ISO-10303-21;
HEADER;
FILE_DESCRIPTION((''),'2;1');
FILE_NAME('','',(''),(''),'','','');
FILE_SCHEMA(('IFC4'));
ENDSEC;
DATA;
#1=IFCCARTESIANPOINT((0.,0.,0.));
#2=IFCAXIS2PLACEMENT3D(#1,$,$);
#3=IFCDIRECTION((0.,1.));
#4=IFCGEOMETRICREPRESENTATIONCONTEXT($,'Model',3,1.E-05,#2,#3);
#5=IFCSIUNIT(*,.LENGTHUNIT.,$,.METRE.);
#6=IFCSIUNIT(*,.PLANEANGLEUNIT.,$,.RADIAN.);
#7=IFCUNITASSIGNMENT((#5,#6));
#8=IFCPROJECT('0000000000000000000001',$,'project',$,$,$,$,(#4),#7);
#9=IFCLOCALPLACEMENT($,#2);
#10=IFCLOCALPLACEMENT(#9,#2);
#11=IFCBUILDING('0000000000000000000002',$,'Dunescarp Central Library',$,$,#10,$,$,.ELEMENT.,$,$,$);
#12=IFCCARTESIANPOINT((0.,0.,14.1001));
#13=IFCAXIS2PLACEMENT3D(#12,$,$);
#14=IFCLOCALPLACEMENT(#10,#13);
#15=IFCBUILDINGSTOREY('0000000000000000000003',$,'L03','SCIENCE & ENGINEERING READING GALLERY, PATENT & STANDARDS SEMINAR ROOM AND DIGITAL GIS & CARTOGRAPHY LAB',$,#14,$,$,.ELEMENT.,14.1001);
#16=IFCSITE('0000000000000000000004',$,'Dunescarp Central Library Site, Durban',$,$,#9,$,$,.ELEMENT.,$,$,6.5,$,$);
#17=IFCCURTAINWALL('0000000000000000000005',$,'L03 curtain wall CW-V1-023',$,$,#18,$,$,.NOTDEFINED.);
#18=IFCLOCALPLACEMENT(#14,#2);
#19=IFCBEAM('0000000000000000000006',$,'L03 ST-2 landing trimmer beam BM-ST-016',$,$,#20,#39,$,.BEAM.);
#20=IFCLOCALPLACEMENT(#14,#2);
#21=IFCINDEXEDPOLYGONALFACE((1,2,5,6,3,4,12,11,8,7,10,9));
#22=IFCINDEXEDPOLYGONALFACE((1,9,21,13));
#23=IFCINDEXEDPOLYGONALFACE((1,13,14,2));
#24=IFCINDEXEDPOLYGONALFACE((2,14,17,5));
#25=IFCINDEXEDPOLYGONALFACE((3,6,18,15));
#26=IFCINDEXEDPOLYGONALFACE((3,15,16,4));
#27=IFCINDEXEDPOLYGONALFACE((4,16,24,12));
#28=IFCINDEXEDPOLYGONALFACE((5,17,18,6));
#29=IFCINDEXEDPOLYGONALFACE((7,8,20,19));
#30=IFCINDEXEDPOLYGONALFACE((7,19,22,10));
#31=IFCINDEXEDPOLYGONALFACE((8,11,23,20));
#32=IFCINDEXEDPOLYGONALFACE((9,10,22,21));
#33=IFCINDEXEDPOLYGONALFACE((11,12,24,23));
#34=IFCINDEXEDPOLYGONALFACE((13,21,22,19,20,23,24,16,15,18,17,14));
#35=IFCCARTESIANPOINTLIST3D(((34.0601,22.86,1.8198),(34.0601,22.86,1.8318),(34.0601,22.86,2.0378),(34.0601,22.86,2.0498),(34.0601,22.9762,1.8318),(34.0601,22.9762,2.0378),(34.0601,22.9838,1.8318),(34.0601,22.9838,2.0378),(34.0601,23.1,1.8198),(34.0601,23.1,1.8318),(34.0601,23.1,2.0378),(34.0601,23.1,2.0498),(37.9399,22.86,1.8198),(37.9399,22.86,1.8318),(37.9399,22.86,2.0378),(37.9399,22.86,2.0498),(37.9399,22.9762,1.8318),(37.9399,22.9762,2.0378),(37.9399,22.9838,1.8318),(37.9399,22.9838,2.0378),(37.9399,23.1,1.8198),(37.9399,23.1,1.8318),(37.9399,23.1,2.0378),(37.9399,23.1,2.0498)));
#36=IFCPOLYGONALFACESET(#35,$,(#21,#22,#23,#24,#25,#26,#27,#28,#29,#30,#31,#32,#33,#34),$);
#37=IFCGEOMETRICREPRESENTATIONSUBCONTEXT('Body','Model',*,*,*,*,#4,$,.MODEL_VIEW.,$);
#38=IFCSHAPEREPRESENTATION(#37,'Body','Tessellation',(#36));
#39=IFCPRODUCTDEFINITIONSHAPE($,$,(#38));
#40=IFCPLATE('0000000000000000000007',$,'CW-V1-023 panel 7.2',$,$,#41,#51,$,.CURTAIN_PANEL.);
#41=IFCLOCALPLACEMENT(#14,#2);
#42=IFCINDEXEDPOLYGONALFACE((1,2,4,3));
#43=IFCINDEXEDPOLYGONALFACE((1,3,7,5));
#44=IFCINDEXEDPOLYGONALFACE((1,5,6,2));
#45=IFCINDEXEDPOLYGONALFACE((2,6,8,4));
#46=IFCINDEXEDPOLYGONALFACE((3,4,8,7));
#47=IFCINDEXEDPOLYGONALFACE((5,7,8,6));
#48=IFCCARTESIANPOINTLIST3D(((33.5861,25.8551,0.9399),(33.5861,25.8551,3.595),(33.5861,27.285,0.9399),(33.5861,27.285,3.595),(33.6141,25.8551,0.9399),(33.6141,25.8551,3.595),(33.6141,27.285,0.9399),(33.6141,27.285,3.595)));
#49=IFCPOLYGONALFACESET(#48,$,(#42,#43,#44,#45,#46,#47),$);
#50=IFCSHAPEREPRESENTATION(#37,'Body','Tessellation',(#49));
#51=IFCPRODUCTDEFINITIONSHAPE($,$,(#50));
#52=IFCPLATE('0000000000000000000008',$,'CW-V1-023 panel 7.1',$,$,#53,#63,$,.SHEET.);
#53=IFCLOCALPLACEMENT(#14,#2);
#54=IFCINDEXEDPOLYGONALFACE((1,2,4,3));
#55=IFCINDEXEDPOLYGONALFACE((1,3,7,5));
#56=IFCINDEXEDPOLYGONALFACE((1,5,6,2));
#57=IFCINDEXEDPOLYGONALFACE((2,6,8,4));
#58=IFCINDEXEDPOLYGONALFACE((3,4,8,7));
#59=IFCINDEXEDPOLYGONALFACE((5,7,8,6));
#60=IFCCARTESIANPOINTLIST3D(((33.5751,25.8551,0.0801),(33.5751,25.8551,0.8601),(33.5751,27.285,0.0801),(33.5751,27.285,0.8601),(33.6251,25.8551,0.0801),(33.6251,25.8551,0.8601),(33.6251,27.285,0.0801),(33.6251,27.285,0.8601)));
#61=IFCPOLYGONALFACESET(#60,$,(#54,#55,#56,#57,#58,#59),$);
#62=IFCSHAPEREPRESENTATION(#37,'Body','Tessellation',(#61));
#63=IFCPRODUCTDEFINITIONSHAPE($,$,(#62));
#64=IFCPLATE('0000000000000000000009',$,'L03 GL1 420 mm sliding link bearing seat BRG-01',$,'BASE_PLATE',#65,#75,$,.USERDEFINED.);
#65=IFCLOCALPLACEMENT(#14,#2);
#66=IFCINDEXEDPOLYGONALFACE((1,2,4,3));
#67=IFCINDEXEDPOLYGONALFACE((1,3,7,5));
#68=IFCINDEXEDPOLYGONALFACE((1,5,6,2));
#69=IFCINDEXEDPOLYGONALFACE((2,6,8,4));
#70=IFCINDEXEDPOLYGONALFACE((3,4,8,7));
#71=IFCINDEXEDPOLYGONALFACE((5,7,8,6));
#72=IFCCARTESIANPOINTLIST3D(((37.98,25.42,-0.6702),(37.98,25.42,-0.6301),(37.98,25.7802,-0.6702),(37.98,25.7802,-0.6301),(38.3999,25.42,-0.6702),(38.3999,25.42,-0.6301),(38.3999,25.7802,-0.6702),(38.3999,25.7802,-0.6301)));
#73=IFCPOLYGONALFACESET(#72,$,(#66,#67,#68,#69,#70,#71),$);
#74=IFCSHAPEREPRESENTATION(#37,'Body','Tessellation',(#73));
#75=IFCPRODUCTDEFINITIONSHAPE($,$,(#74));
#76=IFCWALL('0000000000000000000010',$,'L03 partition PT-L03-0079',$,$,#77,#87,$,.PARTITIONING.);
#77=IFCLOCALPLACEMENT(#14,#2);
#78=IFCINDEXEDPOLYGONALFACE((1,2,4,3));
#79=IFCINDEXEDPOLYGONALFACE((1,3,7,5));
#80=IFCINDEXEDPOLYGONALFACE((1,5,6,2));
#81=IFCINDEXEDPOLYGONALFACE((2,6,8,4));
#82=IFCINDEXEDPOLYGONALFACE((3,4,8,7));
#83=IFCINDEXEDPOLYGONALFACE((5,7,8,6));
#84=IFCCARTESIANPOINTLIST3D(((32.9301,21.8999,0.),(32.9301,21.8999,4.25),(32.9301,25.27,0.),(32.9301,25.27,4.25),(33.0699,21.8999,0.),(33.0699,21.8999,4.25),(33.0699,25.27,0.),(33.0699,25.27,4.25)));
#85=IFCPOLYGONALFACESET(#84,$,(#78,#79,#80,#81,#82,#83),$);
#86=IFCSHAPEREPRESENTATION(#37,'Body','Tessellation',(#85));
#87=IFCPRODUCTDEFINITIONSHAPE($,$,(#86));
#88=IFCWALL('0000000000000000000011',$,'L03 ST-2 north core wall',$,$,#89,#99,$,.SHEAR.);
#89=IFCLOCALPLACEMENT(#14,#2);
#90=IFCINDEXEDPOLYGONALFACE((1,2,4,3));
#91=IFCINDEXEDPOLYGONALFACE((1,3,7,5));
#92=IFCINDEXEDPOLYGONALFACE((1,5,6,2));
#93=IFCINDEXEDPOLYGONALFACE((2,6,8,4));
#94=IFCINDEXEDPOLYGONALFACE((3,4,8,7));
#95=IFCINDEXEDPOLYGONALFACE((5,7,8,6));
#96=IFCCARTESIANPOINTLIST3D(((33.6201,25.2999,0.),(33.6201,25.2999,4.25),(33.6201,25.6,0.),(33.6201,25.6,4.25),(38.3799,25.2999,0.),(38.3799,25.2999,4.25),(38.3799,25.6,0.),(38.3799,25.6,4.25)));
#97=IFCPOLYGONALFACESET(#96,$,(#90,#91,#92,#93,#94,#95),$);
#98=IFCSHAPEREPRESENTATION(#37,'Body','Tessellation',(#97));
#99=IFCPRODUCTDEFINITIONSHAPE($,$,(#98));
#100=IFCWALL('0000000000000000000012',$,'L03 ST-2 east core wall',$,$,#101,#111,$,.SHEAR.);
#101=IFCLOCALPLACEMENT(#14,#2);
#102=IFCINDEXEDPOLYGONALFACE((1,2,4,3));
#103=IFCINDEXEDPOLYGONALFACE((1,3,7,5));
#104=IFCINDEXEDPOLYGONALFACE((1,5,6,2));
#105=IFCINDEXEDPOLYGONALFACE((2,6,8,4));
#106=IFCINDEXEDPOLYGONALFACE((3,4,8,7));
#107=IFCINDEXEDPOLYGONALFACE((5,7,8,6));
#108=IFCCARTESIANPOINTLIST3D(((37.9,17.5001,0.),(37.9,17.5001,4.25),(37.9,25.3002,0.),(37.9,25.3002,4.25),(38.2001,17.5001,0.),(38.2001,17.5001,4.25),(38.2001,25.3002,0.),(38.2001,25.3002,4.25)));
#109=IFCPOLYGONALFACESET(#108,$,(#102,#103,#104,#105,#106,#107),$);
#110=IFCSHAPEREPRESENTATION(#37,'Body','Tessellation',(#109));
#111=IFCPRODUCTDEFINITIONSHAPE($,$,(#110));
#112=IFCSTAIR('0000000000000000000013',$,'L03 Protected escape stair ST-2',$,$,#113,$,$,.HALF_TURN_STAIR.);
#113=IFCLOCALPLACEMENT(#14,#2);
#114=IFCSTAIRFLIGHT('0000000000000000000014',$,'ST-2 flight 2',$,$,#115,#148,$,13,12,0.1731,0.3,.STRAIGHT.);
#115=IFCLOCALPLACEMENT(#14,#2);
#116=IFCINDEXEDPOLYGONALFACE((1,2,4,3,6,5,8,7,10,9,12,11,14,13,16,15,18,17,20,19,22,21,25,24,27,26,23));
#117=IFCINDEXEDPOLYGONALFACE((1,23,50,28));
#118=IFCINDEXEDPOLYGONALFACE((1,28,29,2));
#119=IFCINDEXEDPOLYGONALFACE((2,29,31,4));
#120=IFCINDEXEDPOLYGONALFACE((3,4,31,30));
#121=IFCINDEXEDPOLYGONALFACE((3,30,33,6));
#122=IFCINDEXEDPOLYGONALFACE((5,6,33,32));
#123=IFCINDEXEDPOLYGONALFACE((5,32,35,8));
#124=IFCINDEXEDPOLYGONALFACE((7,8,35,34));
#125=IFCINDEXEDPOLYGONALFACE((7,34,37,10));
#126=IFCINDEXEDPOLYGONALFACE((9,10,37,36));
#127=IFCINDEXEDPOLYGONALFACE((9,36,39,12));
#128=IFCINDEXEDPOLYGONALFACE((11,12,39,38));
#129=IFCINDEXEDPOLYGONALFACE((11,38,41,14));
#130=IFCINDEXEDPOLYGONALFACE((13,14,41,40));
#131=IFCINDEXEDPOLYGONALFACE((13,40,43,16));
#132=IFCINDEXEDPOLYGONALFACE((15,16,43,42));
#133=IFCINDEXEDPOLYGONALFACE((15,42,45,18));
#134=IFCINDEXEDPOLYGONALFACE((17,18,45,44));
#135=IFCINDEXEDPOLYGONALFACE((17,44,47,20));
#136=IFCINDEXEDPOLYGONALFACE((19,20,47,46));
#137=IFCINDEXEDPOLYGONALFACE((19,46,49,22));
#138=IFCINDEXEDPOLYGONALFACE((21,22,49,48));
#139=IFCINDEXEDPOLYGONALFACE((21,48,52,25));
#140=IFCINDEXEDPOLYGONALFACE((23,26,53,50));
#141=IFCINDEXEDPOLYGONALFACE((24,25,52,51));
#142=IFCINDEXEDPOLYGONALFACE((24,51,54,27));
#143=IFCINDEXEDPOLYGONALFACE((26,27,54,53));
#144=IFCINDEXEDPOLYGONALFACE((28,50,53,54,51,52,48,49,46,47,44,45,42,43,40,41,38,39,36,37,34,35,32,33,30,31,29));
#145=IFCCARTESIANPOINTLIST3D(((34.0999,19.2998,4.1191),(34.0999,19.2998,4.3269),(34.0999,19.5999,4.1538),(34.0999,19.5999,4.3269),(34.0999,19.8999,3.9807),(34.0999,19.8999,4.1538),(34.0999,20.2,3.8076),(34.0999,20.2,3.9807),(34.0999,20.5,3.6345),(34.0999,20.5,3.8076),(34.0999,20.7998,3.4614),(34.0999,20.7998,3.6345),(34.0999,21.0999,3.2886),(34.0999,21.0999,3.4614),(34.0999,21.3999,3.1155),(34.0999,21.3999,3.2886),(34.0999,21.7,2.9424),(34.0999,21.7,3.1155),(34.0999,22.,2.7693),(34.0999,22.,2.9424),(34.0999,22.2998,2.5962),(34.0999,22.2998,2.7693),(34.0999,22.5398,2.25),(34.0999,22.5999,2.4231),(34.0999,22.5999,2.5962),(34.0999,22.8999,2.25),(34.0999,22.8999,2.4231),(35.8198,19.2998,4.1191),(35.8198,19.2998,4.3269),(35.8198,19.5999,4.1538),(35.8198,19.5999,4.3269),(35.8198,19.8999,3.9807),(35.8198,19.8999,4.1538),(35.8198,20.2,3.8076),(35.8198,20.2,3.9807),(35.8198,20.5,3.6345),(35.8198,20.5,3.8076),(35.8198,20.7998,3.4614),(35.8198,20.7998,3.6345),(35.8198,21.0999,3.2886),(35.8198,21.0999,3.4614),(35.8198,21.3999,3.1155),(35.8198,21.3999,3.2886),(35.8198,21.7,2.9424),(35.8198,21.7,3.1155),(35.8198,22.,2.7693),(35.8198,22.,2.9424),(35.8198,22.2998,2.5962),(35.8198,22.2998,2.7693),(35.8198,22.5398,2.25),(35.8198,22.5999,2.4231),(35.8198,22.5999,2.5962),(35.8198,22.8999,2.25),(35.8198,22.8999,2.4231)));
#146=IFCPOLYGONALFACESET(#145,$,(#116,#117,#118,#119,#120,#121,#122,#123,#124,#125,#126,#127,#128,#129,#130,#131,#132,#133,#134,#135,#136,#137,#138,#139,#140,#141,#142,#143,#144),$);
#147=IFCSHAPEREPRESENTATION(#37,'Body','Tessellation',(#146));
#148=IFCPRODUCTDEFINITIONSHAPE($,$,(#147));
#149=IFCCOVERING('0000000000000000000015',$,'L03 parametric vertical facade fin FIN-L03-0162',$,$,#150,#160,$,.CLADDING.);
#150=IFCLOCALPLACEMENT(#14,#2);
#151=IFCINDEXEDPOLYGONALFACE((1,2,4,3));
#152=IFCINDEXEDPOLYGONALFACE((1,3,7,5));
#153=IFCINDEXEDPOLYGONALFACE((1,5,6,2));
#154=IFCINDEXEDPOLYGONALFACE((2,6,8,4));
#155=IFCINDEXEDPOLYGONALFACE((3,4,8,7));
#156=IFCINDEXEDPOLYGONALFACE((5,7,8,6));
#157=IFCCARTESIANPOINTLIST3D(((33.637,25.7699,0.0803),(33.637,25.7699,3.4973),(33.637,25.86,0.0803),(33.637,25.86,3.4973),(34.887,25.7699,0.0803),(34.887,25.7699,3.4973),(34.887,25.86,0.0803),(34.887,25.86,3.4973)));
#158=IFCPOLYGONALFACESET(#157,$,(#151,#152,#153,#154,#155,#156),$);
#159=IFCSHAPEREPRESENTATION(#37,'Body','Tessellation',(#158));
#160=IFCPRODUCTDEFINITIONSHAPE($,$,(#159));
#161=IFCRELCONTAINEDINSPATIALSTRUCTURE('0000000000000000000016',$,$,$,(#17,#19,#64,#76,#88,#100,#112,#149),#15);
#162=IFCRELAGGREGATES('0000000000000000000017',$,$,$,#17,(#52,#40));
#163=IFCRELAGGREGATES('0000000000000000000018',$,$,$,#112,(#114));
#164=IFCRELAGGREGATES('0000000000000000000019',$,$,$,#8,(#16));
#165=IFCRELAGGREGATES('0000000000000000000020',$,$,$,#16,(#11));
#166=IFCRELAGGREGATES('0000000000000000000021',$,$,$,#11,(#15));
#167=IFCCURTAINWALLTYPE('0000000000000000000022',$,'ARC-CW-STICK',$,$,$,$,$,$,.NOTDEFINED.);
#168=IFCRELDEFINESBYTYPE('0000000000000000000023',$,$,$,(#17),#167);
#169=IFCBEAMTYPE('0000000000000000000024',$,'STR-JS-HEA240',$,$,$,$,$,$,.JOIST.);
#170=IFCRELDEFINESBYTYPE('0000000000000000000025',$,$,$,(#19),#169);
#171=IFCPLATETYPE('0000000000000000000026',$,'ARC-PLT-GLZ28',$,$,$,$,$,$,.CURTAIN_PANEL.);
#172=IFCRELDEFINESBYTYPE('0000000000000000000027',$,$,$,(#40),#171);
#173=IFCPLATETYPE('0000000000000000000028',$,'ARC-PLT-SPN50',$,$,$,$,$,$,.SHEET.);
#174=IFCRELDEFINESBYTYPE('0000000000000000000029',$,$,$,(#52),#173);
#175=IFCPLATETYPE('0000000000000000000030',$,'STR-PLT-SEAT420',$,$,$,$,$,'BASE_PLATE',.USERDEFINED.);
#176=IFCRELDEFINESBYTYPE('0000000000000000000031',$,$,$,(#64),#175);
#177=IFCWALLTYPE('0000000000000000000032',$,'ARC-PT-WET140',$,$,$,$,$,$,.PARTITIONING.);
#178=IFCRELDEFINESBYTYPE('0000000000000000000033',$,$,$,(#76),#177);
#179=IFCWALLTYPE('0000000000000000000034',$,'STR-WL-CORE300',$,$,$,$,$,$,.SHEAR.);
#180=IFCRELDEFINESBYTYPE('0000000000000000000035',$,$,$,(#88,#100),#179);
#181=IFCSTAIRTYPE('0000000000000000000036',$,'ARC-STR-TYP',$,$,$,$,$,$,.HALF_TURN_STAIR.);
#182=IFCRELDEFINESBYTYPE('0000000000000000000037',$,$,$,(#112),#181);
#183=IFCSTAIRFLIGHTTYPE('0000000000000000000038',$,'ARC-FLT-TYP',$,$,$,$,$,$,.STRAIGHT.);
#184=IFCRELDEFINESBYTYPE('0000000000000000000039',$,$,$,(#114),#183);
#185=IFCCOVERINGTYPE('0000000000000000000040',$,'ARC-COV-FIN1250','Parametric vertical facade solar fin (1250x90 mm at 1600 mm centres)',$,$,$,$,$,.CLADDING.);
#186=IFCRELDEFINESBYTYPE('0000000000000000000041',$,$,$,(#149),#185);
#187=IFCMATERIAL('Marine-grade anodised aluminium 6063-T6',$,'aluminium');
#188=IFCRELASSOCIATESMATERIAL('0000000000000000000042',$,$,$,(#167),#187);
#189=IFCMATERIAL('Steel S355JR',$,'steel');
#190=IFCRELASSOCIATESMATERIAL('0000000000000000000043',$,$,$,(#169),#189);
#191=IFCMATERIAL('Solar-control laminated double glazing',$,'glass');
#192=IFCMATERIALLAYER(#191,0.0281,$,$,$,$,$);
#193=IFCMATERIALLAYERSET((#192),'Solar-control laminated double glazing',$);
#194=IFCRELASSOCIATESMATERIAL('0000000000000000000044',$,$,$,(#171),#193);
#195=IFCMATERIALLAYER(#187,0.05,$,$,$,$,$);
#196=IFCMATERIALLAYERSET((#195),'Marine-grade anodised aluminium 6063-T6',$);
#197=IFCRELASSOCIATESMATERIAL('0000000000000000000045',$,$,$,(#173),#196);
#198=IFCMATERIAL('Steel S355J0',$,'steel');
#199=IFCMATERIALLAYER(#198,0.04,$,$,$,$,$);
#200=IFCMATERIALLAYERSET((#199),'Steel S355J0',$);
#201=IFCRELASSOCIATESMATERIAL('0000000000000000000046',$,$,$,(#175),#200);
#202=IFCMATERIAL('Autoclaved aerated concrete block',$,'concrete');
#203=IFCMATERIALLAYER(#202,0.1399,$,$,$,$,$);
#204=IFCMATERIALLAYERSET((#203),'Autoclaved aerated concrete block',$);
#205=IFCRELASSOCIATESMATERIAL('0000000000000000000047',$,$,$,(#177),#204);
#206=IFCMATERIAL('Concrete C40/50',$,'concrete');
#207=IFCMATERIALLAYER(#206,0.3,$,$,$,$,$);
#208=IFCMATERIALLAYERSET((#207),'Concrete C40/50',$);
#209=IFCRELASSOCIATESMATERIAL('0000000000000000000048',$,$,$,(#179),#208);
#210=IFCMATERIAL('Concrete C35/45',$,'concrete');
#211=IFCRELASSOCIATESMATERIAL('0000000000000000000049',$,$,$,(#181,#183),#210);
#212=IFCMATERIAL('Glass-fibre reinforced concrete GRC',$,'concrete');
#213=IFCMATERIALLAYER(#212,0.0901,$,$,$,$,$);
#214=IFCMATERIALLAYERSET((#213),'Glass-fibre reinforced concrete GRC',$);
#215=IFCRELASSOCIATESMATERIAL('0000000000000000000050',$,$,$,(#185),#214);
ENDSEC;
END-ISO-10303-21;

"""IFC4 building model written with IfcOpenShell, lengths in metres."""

from ifc_helpers import new_model, si_unit, direction, frame, frame_2d, origin, origin_2d, place, context, subcontext, project, spatial, polyline, rectangle, i_section, outline, extrude, material, layer, layer_set, material_profile, profile_set, type_object, element, aggregate, save


model = new_model("IFC4")

# Units and contexts
model_context = context("Model", 3, precision=1e-05, world=origin(), true_north=direction((0.0, 1.0)))
body_context = subcontext(model_context, "Body", "Model", "MODEL_VIEW")
ifc_project = project(units=[si_unit("LENGTHUNIT", "METRE"), si_unit("PLANEANGLEUNIT", "RADIAN")], contexts=[model_context])

# Site, building, storey
site_placement = place(None, origin())
site = spatial("IfcSite", under=ifc_project, at=site_placement, Name="Dunescarp Central Library Site, Durban", CompositionType="ELEMENT", RefElevation=6.5)
building_placement = place(site_placement, origin())
building = spatial("IfcBuilding", under=site, at=building_placement, Name="Dunescarp Central Library", CompositionType="ELEMENT")
storey_placement = place(building_placement, frame((0.0, 0.0, 14.1001)))
storey = spatial("IfcBuildingStorey", under=building, at=storey_placement, Name="L03", Description="SCIENCE & ENGINEERING READING GALLERY, PATENT & STANDARDS SEMINAR ROOM AND DIGITAL GIS & CARTOGRAPHY LAB", CompositionType="ELEMENT", Elevation=14.1001)

# Shared definitions
ifc_material_1 = material(Name="Steel S355JR", Category="steel")

# Curtain wall
ifc_material_2 = material(Name="Marine-grade anodised aluminium 6063-T6", Category="aluminium")
curtain_wall_type = type_object("IfcCurtainWallType", Name="ARC-CW-STICK", PredefinedType="NOTDEFINED", material=ifc_material_2)
curtain_wall_placement = place(storey_placement, origin())
curtain_wall = element("IfcCurtainWall", 1, at=curtain_wall_placement, inside=storey, type_object=curtain_wall_type, Name="L03 curtain wall CW-V1-023", PredefinedType="NOTDEFINED")

# Beam
ifc_material_profile_1 = material_profile(ifc_material_1, i_section(OverallWidth=0.24, OverallDepth=0.23, WebThickness=0.0076, FlangeThickness=0.012, at=origin_2d()), Name="HEA 240")
ifc_profile_set_1 = profile_set([ifc_material_profile_1], Name="Steel S355JR")
beam_type_1 = type_object("IfcBeamType", Name="STR-JS-HEA240", PredefinedType="JOIST", material=ifc_profile_set_1)
beam_1_placement = place(storey_placement, frame((34.0601, 22.98, 1.9348), z_axis=(1.0, 0.0, 0.0), x_axis=(0.0, 1.0, 0.0)))
element("IfcBeam", 2, at=beam_1_placement, inside=storey, type_object=beam_type_1, Name="L03 ST-2 landing trimmer beam BM-ST-016", PredefinedType="BEAM", context=body_context, shape_type="SweptSolid", body=[
    extrude(i_section(OverallWidth=0.24, OverallDepth=0.23, WebThickness=0.0076, FlangeThickness=0.012, at=origin_2d()), origin(), (0.0, 0.0, 1.0), 3.8799),
])

# Plates
ifc_material_3 = material(Name="Solar-control laminated double glazing", Category="glass")
ifc_layer_1 = layer(ifc_material_3, 0.0281)
ifc_layer_set_1 = layer_set([ifc_layer_1], Name="Solar-control laminated double glazing")
plate_type_1 = type_object("IfcPlateType", Name="ARC-PLT-GLZ28", PredefinedType="CURTAIN_PANEL", material=ifc_layer_set_1)
plate_1_placement = place(storey_placement, frame((33.6001, 26.5701, 0.9399), z_axis=(0.0, 0.0, 1.0), x_axis=(0.0, -1.0, 0.0)))
plate_1 = element("IfcPlate", 3, at=plate_1_placement, type_object=plate_type_1, Name="CW-V1-023 panel 7.2", PredefinedType="CURTAIN_PANEL", context=body_context, shape_type="SweptSolid", body=[
    extrude(rectangle(XDim=1.4299, YDim=0.0281, at=origin_2d()), origin(), (0.0, 0.0, 1.0), 2.655),
])
ifc_layer_2 = layer(ifc_material_2, 0.05)
ifc_layer_set_2 = layer_set([ifc_layer_2], Name="Marine-grade anodised aluminium 6063-T6")
plate_type_2 = type_object("IfcPlateType", Name="ARC-PLT-SPN50", PredefinedType="SHEET", material=ifc_layer_set_2)
plate_2_placement = place(storey_placement, frame((33.6001, 26.5701, 0.0801), z_axis=(0.0, 0.0, 1.0), x_axis=(0.0, -1.0, 0.0)))
plate_2 = element("IfcPlate", 4, at=plate_2_placement, type_object=plate_type_2, Name="CW-V1-023 panel 7.1", PredefinedType="SHEET", context=body_context, shape_type="SweptSolid", body=[
    extrude(rectangle(XDim=1.4299, YDim=0.05, at=origin_2d()), origin(), (0.0, 0.0, 1.0), 0.78),
])
aggregate(curtain_wall, [plate_2, plate_1])
ifc_material_4 = material(Name="Steel S355J0", Category="steel")
ifc_layer_3 = layer(ifc_material_4, 0.04)
ifc_layer_set_3 = layer_set([ifc_layer_3], Name="Steel S355J0")
plate_type_3 = type_object("IfcPlateType", Name="STR-PLT-SEAT420", ElementType="BASE_PLATE", PredefinedType="USERDEFINED", material=ifc_layer_set_3)
plate_3_placement = place(storey_placement, frame((38.1899, 25.6001, -0.6702), z_axis=(0.0, 0.0, 1.0), x_axis=(1.0, 0.0, 0.0)))
element("IfcPlate", 5, at=plate_3_placement, inside=storey, type_object=plate_type_3, Name="L03 GL1 420 mm sliding link bearing seat BRG-01", ObjectType="BASE_PLATE", PredefinedType="USERDEFINED", context=body_context, shape_type="SweptSolid", body=[
    extrude(rectangle(XDim=0.4199, YDim=0.3601, at=origin_2d()), origin(), (0.0, 0.0, 1.0), 0.04),
])

# Walls
ifc_material_5 = material(Name="Autoclaved aerated concrete block", Category="concrete")
ifc_layer_4 = layer(ifc_material_5, 0.1399)
ifc_layer_set_4 = layer_set([ifc_layer_4], Name="Autoclaved aerated concrete block")
wall_type_1 = type_object("IfcWallType", Name="ARC-PT-WET140", PredefinedType="PARTITIONING", material=ifc_layer_set_4)
wall_1_placement = place(storey_placement, frame((33.0, 21.8999, 0.0), z_axis=(0.0, 0.0, 1.0), x_axis=(0.0, 1.0, 0.0)))
element("IfcWall", 6, at=wall_1_placement, inside=storey, type_object=wall_type_1, Name="L03 partition PT-L03-0079", PredefinedType="PARTITIONING", context=body_context, shape_type="SweptSolid", body=[
    extrude(rectangle(XDim=3.3701, YDim=0.1399, at=frame_2d((1.6851, 0.0))), origin(), (0.0, 0.0, 1.0), 4.25),
])
ifc_material_6 = material(Name="Concrete C40/50", Category="concrete")
ifc_layer_5 = layer(ifc_material_6, 0.3)
ifc_layer_set_5 = layer_set([ifc_layer_5], Name="Concrete C40/50")
wall_type_2 = type_object("IfcWallType", Name="STR-WL-CORE300", PredefinedType="SHEAR", material=ifc_layer_set_5)
wall_2_placement = place(storey_placement, frame((33.6201, 25.45, 0.0), z_axis=(0.0, 0.0, 1.0), x_axis=(1.0, 0.0, 0.0)))
element("IfcWall", 7, at=wall_2_placement, inside=storey, type_object=wall_type_2, Name="L03 ST-2 north core wall", PredefinedType="SHEAR", context=body_context, shape_type="SweptSolid", body=[
    extrude(rectangle(XDim=4.7598, YDim=0.3, at=frame_2d((2.3799, 0.0))), origin(), (0.0, 0.0, 1.0), 4.25),
])
wall_3_placement = place(storey_placement, frame((38.05, 25.3, 0.0), z_axis=(0.0, 0.0, 1.0), x_axis=(0.0, -1.0, 0.0)))
element("IfcWall", 8, at=wall_3_placement, inside=storey, type_object=wall_type_2, Name="L03 ST-2 east core wall", PredefinedType="SHEAR", context=body_context, shape_type="SweptSolid", body=[
    extrude(rectangle(XDim=7.8, YDim=0.3, at=frame_2d((3.8999, 0.0))), origin(), (0.0, 0.0, 1.0), 4.25),
])

# Stair, stair flight
ifc_material_7 = material(Name="Concrete C35/45", Category="concrete")
stair_type = type_object("IfcStairType", Name="ARC-STR-TYP", PredefinedType="HALF_TURN_STAIR", material=ifc_material_7)
stair_placement = place(storey_placement, origin())
stair = element("IfcStair", 9, at=stair_placement, inside=storey, type_object=stair_type, Name="L03 Protected escape stair ST-2", PredefinedType="HALF_TURN_STAIR")
stair_flight_type = type_object("IfcStairFlightType", Name="ARC-FLT-TYP", PredefinedType="STRAIGHT", material=ifc_material_7)
stair_flight_placement = place(storey_placement, frame((34.96, 22.8999, 2.25), z_axis=(0.0, 0.0, 1.0), x_axis=(0.0, -1.0, 0.0)))
stair_flight = element("IfcStairFlight", 10, at=stair_flight_placement, type_object=stair_flight_type, Name="ST-2 flight 2", NumberOfRisers=13, NumberOfTreads=12, PredefinedType="STRAIGHT", RiserHeight=0.1731, TreadLength=0.3, context=body_context, shape_type="SweptSolid", body=[
    extrude(outline(polyline([(0.0, 0.0), (0.0, 0.1731), (0.3, 0.1731), (0.3, 0.3462), (0.6001, 0.3462), (0.6001, 0.5193), (0.8999, 0.5193), (0.8999, 0.6924), (1.2, 0.6924), (1.2, 0.8655), (1.5, 0.8655), (1.5, 1.0386), (1.8, 1.0386), (1.8, 1.2114), (2.1001, 1.2114), (2.1001, 1.3845), (2.3999, 1.3845), (2.3999, 1.5576), (2.7, 1.5576), (2.7, 1.7307), (3.0, 1.7307), (3.0, 1.9038), (3.3, 1.9038), (3.3, 2.0769), (3.6001, 2.0769), (3.6001, 2.25), (3.6001, 1.8691), (0.3601, 0.0), (0.0, 0.0)])), frame((0.0, 0.8599, 0.0), z_axis=(0.0, -1.0, 0.0), x_axis=(1.0, 0.0, 0.0)), (0.0, 0.0, 1.0), 1.72),
])
aggregate(stair, [stair_flight])

# Covering
ifc_material_8 = material(Name="Glass-fibre reinforced concrete GRC", Category="concrete")
ifc_layer_6 = layer(ifc_material_8, 0.0901)
ifc_layer_set_6 = layer_set([ifc_layer_6], Name="Glass-fibre reinforced concrete GRC")
covering_type = type_object("IfcCoveringType", Name="ARC-COV-FIN1250", Description="Parametric vertical facade solar fin (1250x90 mm at 1600 mm centres)", PredefinedType="CLADDING", material=ifc_layer_set_6)
covering_placement = place(storey_placement, frame((34.262, 25.8149, 0.0803), z_axis=(0.0, 0.0, 1.0), x_axis=(1.0, 0.0, 0.0)))
element("IfcCovering", 11, at=covering_placement, inside=storey, type_object=covering_type, Name="L03 parametric vertical facade fin FIN-L03-0162", PredefinedType="CLADDING", context=body_context, shape_type="SweptSolid", body=[
    extrude(rectangle(XDim=1.25, YDim=0.0901, at=origin_2d()), origin(), (0.0, 0.0, 1.0), 3.417),
])

save(model, "model.ifc")
